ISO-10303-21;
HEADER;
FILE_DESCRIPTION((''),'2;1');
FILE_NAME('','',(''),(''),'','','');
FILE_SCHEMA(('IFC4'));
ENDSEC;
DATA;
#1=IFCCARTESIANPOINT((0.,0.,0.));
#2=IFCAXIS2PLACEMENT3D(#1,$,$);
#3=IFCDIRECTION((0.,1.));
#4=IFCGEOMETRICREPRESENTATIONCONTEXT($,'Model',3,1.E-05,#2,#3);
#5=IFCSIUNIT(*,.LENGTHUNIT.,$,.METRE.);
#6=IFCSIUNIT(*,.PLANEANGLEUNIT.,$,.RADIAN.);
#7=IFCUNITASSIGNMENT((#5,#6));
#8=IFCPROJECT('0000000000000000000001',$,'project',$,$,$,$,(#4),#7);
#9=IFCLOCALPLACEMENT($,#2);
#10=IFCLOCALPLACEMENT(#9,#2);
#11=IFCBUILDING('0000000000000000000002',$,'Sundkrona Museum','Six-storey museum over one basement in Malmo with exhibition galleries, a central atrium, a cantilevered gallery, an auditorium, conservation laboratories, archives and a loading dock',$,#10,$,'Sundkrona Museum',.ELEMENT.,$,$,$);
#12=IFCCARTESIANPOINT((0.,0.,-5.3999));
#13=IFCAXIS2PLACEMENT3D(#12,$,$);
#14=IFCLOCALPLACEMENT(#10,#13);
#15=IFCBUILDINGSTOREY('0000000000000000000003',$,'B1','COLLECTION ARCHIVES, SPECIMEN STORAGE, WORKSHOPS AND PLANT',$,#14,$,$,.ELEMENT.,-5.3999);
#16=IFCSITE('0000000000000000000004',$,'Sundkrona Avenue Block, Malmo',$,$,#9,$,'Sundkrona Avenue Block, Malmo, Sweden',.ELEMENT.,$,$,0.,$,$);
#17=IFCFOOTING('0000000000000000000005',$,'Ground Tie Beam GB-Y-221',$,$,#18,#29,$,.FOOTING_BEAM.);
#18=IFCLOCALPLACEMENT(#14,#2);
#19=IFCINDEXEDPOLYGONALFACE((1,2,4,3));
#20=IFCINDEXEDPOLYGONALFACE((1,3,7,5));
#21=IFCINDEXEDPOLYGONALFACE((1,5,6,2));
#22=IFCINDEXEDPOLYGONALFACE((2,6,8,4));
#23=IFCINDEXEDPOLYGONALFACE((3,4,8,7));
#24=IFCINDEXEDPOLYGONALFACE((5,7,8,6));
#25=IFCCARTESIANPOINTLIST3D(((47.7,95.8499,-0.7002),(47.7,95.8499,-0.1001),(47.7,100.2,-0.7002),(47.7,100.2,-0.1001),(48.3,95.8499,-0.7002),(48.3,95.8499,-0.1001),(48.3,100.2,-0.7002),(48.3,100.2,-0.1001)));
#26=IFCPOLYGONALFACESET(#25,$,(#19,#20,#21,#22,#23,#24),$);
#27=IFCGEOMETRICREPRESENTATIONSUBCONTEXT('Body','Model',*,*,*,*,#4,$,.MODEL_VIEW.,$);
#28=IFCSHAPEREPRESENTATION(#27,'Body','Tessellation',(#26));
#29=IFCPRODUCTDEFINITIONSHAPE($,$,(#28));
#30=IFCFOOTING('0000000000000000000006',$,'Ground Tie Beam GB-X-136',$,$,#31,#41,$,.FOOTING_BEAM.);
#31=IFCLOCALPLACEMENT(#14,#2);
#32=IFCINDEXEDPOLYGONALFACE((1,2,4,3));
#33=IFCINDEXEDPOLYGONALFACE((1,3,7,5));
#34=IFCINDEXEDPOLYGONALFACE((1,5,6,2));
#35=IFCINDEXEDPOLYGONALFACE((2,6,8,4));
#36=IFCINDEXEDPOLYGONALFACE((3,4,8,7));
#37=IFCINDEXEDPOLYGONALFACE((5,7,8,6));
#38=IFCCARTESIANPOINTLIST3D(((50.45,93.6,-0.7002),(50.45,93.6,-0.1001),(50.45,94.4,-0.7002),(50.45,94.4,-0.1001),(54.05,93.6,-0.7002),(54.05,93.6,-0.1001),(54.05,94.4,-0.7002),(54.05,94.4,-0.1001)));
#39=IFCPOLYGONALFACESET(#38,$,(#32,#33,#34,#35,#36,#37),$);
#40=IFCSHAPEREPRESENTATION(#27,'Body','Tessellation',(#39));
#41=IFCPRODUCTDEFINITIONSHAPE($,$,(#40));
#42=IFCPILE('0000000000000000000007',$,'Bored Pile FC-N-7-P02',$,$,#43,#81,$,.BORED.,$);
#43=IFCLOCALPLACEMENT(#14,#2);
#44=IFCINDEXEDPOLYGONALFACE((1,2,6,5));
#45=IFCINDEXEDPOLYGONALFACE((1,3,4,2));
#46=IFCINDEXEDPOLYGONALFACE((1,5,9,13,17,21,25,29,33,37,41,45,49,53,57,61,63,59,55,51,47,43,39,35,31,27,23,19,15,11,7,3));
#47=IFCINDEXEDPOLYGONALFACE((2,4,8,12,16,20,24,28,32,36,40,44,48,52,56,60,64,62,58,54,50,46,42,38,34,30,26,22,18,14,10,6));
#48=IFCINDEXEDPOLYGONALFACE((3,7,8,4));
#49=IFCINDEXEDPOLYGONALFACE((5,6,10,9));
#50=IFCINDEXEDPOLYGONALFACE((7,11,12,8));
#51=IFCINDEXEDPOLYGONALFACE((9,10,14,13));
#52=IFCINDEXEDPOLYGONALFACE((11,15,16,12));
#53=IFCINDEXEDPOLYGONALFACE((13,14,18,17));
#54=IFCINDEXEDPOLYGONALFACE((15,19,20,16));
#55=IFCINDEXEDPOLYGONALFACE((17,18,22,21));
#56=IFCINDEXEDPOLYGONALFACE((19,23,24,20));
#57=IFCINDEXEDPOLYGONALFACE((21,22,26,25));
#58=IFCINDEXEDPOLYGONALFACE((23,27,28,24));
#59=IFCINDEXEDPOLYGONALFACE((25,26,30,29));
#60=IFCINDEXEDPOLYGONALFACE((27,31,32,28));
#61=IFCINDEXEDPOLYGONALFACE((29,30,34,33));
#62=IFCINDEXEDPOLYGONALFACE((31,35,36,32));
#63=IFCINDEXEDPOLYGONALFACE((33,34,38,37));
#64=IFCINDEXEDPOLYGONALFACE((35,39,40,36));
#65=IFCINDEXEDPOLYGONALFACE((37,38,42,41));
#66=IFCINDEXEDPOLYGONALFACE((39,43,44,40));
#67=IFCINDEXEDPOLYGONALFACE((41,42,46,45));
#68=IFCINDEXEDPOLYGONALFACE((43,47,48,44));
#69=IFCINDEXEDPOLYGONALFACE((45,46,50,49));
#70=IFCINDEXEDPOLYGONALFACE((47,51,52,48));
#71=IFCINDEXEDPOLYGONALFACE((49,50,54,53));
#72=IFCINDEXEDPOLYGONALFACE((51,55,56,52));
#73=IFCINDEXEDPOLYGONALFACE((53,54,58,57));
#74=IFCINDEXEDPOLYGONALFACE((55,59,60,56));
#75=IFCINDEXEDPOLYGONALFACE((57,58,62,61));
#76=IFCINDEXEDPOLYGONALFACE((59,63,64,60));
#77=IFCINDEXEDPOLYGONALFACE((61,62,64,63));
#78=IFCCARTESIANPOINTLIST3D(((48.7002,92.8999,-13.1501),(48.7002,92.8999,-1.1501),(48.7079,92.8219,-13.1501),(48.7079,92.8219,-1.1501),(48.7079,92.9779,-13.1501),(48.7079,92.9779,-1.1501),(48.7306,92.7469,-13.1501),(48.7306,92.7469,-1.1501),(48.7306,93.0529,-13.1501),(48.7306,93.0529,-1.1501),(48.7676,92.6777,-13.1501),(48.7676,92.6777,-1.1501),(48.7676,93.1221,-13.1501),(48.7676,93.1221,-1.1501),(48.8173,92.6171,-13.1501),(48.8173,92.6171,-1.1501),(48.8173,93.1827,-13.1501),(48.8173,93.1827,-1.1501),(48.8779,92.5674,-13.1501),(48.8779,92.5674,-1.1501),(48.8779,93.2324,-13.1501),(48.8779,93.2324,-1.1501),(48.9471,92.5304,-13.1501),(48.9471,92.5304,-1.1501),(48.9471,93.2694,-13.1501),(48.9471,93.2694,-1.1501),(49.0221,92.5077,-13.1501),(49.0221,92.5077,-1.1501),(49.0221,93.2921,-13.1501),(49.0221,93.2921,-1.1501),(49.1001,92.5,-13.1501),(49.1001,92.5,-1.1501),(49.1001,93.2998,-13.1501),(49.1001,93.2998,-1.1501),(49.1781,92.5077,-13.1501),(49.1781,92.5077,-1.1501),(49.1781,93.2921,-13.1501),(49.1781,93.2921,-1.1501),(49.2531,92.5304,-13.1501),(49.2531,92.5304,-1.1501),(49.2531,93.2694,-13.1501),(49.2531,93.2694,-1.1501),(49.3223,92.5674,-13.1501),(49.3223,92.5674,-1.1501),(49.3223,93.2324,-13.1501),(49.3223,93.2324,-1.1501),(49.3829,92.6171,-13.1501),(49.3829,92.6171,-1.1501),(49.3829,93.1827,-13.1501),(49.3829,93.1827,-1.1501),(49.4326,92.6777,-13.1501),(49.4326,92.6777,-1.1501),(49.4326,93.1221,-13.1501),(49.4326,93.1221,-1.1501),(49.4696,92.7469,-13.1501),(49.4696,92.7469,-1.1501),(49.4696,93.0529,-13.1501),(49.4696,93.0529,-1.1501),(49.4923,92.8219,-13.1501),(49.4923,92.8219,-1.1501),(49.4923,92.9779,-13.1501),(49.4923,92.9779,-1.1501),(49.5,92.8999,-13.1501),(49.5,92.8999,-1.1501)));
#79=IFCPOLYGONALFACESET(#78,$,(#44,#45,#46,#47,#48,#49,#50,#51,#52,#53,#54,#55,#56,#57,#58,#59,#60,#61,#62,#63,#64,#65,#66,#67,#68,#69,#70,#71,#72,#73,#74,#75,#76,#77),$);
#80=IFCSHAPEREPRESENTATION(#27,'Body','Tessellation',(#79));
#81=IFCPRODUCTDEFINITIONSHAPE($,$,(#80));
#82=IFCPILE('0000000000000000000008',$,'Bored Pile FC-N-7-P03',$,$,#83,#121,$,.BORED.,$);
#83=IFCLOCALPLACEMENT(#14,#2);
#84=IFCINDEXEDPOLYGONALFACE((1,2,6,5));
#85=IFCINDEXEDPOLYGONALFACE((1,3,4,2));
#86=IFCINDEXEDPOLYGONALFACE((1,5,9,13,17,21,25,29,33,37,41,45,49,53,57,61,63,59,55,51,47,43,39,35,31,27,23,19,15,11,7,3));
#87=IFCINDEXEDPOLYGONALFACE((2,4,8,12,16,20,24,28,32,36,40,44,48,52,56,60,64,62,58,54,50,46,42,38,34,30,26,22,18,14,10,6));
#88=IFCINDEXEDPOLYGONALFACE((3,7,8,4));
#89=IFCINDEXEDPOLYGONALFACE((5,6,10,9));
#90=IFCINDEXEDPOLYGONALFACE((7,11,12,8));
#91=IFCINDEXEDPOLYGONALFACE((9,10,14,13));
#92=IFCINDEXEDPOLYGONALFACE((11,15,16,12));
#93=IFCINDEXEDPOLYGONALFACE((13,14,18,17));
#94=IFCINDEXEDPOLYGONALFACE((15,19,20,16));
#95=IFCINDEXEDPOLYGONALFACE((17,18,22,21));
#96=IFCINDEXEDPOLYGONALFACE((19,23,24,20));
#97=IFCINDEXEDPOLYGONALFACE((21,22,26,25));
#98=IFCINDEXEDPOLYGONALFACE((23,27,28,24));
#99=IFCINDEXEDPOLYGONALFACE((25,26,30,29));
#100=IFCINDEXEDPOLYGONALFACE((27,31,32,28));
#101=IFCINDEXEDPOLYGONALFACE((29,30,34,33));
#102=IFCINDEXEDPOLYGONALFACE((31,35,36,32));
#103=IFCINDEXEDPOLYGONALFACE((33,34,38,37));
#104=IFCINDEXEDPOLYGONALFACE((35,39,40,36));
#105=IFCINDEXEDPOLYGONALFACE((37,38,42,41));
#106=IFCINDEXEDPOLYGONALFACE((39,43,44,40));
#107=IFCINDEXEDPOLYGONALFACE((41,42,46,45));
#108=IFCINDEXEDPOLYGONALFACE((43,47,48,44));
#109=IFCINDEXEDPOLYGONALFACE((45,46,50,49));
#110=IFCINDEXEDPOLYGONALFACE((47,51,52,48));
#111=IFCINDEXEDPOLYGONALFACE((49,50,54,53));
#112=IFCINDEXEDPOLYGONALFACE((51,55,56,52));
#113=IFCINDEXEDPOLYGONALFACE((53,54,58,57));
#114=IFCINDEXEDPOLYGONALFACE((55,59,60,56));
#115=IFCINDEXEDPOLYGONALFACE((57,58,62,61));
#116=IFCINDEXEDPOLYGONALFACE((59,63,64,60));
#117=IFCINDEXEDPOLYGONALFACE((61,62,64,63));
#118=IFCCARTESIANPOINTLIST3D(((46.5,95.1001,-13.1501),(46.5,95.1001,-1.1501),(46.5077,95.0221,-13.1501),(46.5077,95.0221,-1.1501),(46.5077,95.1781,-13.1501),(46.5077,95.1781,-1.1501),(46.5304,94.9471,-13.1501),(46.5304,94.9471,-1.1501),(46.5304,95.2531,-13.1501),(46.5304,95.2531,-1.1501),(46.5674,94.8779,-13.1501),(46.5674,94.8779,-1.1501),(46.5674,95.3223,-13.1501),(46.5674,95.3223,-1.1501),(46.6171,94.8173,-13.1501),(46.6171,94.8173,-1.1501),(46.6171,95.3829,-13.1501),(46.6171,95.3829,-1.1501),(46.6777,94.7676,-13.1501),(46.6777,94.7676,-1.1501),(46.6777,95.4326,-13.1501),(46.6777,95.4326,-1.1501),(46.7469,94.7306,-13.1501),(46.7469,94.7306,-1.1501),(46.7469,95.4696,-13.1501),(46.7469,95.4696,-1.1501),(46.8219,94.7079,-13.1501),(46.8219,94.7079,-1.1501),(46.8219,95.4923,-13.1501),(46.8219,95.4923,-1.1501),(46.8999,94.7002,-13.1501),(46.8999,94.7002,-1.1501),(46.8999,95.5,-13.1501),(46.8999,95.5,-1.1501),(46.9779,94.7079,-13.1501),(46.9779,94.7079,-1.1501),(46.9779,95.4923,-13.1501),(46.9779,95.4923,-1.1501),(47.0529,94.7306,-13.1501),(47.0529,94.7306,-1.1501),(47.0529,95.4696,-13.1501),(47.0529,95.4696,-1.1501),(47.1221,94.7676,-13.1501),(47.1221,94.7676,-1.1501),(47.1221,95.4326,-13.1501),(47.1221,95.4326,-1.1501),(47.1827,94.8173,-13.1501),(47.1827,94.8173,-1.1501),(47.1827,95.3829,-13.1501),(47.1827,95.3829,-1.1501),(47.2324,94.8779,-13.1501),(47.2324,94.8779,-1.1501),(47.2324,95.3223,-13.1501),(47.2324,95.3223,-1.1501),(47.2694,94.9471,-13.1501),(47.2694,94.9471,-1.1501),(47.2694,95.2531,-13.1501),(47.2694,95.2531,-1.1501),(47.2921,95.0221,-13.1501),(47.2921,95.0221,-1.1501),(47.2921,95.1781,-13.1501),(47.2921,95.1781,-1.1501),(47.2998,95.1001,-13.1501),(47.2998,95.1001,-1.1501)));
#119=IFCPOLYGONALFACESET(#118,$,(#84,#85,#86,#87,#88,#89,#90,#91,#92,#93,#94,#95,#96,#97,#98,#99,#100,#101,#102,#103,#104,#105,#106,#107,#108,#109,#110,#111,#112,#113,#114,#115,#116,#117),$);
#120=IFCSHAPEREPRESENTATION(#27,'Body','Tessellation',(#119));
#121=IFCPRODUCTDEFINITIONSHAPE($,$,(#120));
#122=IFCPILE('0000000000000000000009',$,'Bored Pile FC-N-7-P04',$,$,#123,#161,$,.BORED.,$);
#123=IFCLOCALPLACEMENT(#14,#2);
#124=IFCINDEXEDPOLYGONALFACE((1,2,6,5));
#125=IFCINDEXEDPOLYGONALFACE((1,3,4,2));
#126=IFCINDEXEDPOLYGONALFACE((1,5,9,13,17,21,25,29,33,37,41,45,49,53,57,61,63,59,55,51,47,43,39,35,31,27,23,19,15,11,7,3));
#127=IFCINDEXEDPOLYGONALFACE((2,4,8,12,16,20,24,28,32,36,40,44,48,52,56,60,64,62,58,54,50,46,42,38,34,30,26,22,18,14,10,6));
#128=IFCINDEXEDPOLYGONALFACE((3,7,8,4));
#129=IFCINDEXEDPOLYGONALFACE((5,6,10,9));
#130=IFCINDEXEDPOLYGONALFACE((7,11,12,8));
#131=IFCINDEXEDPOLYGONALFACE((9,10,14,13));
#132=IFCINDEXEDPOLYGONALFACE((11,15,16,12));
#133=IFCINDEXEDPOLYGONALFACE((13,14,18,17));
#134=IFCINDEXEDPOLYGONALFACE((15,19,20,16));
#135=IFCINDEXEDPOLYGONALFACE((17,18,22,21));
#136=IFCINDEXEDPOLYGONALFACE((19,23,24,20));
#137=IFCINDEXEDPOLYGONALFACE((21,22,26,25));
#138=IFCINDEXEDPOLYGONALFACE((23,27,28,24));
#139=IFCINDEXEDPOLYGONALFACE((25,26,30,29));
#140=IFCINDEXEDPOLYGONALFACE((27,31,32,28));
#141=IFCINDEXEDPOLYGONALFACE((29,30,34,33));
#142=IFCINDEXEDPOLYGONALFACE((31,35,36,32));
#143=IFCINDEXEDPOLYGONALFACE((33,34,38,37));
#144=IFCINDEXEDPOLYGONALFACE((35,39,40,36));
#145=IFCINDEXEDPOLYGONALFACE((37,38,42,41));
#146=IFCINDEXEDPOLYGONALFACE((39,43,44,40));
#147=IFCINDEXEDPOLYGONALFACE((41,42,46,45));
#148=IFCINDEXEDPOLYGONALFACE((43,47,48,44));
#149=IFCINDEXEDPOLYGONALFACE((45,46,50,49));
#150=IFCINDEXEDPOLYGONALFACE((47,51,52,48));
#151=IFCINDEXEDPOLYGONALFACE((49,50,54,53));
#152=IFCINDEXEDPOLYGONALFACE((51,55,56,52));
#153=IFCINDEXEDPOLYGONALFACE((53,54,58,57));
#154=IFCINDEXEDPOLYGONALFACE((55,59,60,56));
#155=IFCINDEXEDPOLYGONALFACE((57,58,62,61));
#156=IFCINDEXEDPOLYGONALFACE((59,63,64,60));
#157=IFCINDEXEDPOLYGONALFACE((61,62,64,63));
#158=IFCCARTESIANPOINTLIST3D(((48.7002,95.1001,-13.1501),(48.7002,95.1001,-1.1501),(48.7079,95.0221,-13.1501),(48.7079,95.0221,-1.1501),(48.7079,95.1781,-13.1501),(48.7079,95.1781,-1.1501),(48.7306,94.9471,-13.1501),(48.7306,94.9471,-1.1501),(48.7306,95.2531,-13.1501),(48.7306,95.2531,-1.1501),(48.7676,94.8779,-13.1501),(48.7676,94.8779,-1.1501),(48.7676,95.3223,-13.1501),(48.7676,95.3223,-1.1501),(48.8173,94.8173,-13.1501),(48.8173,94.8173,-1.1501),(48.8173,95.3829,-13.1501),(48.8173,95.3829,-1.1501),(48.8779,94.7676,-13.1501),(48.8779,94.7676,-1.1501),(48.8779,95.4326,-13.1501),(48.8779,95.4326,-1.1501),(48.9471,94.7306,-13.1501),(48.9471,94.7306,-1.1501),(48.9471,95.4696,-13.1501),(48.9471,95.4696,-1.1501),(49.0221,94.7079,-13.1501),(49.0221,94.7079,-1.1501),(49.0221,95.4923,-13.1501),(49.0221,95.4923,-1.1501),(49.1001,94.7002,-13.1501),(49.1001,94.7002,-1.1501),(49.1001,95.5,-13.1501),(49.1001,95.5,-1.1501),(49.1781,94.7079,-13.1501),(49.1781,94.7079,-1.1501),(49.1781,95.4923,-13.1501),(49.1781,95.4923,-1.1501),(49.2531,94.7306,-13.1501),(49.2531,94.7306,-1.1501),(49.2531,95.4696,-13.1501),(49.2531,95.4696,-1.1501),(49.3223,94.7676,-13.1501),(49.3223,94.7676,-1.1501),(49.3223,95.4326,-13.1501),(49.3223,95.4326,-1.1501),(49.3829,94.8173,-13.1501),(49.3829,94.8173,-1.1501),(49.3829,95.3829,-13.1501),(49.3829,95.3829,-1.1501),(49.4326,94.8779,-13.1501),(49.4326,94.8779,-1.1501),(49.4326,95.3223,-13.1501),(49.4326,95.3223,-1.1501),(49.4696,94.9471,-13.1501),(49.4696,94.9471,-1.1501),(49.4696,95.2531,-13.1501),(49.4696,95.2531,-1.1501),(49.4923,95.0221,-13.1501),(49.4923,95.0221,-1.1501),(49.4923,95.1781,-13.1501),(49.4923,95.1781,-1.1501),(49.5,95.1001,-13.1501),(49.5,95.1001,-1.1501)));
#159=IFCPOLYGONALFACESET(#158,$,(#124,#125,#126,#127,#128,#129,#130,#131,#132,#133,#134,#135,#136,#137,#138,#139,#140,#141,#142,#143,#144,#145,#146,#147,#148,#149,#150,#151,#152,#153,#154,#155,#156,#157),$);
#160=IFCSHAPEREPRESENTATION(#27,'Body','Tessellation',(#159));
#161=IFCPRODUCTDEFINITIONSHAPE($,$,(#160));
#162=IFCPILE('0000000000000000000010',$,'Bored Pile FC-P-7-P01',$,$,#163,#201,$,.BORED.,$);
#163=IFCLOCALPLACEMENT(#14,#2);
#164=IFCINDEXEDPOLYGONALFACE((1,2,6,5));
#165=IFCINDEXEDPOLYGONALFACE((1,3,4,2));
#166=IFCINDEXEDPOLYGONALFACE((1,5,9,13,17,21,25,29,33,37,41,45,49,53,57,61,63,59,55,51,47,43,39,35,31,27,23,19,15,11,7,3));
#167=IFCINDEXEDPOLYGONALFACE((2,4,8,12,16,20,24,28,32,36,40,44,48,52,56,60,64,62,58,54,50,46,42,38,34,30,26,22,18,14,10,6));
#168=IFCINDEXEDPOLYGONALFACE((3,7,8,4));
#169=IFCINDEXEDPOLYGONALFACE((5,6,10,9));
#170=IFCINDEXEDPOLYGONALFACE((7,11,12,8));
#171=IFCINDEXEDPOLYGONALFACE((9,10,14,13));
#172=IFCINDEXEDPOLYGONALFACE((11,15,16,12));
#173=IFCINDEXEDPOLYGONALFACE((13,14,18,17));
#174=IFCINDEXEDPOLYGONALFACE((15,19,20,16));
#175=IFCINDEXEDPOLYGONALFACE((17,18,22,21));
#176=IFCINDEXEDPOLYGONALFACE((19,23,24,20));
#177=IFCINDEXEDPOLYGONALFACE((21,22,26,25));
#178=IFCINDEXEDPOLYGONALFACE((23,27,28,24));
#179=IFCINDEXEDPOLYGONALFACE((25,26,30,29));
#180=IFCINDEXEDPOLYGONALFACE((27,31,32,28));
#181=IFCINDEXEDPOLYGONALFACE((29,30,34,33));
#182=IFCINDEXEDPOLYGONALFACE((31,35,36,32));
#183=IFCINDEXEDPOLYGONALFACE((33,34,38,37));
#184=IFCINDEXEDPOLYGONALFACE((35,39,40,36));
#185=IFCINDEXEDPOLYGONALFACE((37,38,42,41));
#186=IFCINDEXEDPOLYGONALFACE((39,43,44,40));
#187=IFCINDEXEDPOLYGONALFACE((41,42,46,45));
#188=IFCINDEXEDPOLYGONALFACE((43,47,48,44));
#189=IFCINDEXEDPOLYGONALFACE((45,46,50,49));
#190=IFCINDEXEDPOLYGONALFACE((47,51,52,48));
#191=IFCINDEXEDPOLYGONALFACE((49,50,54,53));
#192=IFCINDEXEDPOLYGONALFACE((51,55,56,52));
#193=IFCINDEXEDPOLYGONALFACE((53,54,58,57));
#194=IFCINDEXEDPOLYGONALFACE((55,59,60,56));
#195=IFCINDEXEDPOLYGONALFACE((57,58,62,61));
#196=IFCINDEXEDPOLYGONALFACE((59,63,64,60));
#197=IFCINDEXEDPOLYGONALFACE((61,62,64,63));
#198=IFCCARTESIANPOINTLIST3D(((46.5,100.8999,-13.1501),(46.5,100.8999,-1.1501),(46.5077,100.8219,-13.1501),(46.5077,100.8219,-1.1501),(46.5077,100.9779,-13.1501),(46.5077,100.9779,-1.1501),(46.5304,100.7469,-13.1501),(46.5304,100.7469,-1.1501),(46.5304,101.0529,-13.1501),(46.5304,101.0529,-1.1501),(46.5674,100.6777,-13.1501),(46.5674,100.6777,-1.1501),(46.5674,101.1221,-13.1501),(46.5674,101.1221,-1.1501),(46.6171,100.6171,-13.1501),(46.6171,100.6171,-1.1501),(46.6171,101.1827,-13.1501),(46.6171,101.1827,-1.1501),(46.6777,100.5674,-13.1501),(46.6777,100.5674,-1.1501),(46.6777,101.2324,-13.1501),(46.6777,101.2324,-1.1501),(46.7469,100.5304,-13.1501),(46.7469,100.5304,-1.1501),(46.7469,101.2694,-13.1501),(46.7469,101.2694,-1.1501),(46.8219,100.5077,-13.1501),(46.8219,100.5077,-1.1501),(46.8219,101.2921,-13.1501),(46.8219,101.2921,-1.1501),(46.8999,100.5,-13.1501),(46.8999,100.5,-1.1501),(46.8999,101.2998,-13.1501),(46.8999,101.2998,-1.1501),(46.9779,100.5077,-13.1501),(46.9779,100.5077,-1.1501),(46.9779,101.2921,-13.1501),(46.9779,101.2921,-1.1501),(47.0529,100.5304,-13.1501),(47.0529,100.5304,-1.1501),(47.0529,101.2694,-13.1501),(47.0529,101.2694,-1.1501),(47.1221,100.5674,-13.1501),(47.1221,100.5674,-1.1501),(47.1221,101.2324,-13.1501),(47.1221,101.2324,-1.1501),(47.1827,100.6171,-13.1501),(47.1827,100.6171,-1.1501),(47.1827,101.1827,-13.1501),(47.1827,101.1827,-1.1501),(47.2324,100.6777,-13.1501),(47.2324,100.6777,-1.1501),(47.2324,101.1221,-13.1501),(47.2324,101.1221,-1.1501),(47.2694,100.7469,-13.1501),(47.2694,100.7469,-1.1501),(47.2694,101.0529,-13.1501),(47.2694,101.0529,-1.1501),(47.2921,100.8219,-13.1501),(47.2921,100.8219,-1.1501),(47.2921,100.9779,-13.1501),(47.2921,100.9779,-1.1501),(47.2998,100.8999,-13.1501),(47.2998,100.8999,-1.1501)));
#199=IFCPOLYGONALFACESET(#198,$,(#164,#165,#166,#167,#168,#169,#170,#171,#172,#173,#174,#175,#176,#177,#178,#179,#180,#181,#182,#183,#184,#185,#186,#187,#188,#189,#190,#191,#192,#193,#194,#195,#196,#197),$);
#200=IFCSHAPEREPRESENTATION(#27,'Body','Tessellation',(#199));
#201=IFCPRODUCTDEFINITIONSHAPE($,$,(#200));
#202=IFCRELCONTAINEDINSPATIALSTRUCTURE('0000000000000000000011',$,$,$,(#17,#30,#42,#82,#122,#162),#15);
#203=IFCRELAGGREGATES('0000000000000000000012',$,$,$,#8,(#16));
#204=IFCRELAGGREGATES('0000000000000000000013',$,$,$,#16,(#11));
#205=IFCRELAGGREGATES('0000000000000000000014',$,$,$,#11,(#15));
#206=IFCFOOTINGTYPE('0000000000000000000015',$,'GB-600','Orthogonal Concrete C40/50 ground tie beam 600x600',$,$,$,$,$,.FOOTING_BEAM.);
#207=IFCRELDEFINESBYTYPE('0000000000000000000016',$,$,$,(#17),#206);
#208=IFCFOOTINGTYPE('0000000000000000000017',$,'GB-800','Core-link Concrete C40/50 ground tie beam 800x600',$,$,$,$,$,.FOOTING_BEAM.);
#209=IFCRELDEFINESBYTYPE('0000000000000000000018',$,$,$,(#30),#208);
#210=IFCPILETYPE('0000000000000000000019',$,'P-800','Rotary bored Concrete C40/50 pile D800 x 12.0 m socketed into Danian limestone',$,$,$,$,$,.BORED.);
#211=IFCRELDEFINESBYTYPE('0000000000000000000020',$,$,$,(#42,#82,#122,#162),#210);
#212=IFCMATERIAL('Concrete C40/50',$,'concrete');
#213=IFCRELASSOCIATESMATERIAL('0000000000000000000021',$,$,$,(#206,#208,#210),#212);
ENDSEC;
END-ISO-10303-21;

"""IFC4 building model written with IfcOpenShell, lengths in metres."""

from ifc_helpers import new_model, si_unit, direction, frame, origin, origin_2d, place, context, subcontext, project, spatial, rectangle, circle, extrude, material, material_profile, profile_set, type_object, element, save


model = new_model("IFC4")

# Units and contexts
model_context = context("Model", 3, precision=1e-05, world=origin(), true_north=direction((0.0, 1.0)))
body_context = subcontext(model_context, "Body", "Model", "MODEL_VIEW")
ifc_project = project(units=[si_unit("LENGTHUNIT", "METRE"), si_unit("PLANEANGLEUNIT", "RADIAN")], contexts=[model_context])

# Site, building, storey
site_placement = place(None, origin())
site = spatial("IfcSite", under=ifc_project, at=site_placement, Name="Sundkrona Avenue Block, Malmo", LongName="Sundkrona Avenue Block, Malmo, Sweden", CompositionType="ELEMENT", RefElevation=0.0)
building_placement = place(site_placement, origin())
building = spatial("IfcBuilding", under=site, at=building_placement, Name="Sundkrona Museum", Description="Six-storey museum over one basement in Malmo with exhibition galleries, a central atrium, a cantilevered gallery, an auditorium, conservation laboratories, archives and a loading dock", LongName="Sundkrona Museum", CompositionType="ELEMENT")
storey_placement = place(building_placement, frame((0.0, 0.0, -5.3999)))
storey = spatial("IfcBuildingStorey", under=building, at=storey_placement, Name="B1", Description="COLLECTION ARCHIVES, SPECIMEN STORAGE, WORKSHOPS AND PLANT", CompositionType="ELEMENT", Elevation=-5.3999)

# Footings
ifc_material_1 = material(Name="Concrete C40/50", Category="concrete")
footing_type_1 = type_object("IfcFootingType", Name="GB-600", Description="Orthogonal Concrete C40/50 ground tie beam 600x600", PredefinedType="FOOTING_BEAM", material=ifc_material_1)
footing_1_placement = place(storey_placement, frame((48.0, 98.0249, -0.7002), z_axis=(0.0, 0.0, 1.0), x_axis=(0.0, 1.0, 0.0)))
element("IfcFooting", 1, at=footing_1_placement, inside=storey, type_object=footing_type_1, Name="Ground Tie Beam GB-Y-221", PredefinedType="FOOTING_BEAM", context=body_context, shape_type="SweptSolid", body=[
    extrude(rectangle(XDim=4.3501, YDim=0.6001, at=origin_2d()), origin(), (0.0, 0.0, 1.0), 0.6001),
])
footing_type_2 = type_object("IfcFootingType", Name="GB-800", Description="Core-link Concrete C40/50 ground tie beam 800x600", PredefinedType="FOOTING_BEAM", material=ifc_material_1)
footing_2_placement = place(storey_placement, frame((52.25, 94.0, -0.7002), z_axis=(0.0, 0.0, 1.0), x_axis=(1.0, 0.0, 0.0)))
element("IfcFooting", 2, at=footing_2_placement, inside=storey, type_object=footing_type_2, Name="Ground Tie Beam GB-X-136", PredefinedType="FOOTING_BEAM", context=body_context, shape_type="SweptSolid", body=[
    extrude(rectangle(XDim=3.6001, YDim=0.8, at=origin_2d()), origin(), (0.0, 0.0, 1.0), 0.6001),
])

# Piles
ifc_material_profile_1 = material_profile(ifc_material_1, circle(Radius=0.3999, at=origin_2d()), Name="PILE D800")
ifc_profile_set_1 = profile_set([ifc_material_profile_1], Name="Concrete C40/50")
pile_type = type_object("IfcPileType", Name="P-800", Description="Rotary bored Concrete C40/50 pile D800 x 12.0 m socketed into Danian limestone", PredefinedType="BORED", material=ifc_profile_set_1)
for number, where, z_axis, x_axis, name in (
    (3, (49.1001, 92.8999, -1.1501), (0.0, 0.0, -1.0), (1.0, 0.0, 0.0), "Bored Pile FC-N-7-P02"),
    (4, (46.8999, 95.1001, -1.1501), (0.0, 0.0, -1.0), (1.0, 0.0, 0.0), "Bored Pile FC-N-7-P03"),
    (5, (49.1001, 95.1001, -1.1501), (0.0, 0.0, -1.0), (1.0, 0.0, 0.0), "Bored Pile FC-N-7-P04"),
    (6, (46.8999, 100.8999, -1.1501), (0.0, 0.0, -1.0), (1.0, 0.0, 0.0), "Bored Pile FC-P-7-P01"),
):
    element("IfcPile", number, at=place(storey_placement, frame(where, z_axis=z_axis, x_axis=x_axis)), inside=storey, type_object=pile_type, Name=name, PredefinedType="BORED", context=body_context, shape_type="SweptSolid", body=[
        extrude(circle(Radius=0.3999, at=origin_2d()), origin(), (0.0, 0.0, 1.0), 12.0),
    ])

save(model, "model.ifc")
